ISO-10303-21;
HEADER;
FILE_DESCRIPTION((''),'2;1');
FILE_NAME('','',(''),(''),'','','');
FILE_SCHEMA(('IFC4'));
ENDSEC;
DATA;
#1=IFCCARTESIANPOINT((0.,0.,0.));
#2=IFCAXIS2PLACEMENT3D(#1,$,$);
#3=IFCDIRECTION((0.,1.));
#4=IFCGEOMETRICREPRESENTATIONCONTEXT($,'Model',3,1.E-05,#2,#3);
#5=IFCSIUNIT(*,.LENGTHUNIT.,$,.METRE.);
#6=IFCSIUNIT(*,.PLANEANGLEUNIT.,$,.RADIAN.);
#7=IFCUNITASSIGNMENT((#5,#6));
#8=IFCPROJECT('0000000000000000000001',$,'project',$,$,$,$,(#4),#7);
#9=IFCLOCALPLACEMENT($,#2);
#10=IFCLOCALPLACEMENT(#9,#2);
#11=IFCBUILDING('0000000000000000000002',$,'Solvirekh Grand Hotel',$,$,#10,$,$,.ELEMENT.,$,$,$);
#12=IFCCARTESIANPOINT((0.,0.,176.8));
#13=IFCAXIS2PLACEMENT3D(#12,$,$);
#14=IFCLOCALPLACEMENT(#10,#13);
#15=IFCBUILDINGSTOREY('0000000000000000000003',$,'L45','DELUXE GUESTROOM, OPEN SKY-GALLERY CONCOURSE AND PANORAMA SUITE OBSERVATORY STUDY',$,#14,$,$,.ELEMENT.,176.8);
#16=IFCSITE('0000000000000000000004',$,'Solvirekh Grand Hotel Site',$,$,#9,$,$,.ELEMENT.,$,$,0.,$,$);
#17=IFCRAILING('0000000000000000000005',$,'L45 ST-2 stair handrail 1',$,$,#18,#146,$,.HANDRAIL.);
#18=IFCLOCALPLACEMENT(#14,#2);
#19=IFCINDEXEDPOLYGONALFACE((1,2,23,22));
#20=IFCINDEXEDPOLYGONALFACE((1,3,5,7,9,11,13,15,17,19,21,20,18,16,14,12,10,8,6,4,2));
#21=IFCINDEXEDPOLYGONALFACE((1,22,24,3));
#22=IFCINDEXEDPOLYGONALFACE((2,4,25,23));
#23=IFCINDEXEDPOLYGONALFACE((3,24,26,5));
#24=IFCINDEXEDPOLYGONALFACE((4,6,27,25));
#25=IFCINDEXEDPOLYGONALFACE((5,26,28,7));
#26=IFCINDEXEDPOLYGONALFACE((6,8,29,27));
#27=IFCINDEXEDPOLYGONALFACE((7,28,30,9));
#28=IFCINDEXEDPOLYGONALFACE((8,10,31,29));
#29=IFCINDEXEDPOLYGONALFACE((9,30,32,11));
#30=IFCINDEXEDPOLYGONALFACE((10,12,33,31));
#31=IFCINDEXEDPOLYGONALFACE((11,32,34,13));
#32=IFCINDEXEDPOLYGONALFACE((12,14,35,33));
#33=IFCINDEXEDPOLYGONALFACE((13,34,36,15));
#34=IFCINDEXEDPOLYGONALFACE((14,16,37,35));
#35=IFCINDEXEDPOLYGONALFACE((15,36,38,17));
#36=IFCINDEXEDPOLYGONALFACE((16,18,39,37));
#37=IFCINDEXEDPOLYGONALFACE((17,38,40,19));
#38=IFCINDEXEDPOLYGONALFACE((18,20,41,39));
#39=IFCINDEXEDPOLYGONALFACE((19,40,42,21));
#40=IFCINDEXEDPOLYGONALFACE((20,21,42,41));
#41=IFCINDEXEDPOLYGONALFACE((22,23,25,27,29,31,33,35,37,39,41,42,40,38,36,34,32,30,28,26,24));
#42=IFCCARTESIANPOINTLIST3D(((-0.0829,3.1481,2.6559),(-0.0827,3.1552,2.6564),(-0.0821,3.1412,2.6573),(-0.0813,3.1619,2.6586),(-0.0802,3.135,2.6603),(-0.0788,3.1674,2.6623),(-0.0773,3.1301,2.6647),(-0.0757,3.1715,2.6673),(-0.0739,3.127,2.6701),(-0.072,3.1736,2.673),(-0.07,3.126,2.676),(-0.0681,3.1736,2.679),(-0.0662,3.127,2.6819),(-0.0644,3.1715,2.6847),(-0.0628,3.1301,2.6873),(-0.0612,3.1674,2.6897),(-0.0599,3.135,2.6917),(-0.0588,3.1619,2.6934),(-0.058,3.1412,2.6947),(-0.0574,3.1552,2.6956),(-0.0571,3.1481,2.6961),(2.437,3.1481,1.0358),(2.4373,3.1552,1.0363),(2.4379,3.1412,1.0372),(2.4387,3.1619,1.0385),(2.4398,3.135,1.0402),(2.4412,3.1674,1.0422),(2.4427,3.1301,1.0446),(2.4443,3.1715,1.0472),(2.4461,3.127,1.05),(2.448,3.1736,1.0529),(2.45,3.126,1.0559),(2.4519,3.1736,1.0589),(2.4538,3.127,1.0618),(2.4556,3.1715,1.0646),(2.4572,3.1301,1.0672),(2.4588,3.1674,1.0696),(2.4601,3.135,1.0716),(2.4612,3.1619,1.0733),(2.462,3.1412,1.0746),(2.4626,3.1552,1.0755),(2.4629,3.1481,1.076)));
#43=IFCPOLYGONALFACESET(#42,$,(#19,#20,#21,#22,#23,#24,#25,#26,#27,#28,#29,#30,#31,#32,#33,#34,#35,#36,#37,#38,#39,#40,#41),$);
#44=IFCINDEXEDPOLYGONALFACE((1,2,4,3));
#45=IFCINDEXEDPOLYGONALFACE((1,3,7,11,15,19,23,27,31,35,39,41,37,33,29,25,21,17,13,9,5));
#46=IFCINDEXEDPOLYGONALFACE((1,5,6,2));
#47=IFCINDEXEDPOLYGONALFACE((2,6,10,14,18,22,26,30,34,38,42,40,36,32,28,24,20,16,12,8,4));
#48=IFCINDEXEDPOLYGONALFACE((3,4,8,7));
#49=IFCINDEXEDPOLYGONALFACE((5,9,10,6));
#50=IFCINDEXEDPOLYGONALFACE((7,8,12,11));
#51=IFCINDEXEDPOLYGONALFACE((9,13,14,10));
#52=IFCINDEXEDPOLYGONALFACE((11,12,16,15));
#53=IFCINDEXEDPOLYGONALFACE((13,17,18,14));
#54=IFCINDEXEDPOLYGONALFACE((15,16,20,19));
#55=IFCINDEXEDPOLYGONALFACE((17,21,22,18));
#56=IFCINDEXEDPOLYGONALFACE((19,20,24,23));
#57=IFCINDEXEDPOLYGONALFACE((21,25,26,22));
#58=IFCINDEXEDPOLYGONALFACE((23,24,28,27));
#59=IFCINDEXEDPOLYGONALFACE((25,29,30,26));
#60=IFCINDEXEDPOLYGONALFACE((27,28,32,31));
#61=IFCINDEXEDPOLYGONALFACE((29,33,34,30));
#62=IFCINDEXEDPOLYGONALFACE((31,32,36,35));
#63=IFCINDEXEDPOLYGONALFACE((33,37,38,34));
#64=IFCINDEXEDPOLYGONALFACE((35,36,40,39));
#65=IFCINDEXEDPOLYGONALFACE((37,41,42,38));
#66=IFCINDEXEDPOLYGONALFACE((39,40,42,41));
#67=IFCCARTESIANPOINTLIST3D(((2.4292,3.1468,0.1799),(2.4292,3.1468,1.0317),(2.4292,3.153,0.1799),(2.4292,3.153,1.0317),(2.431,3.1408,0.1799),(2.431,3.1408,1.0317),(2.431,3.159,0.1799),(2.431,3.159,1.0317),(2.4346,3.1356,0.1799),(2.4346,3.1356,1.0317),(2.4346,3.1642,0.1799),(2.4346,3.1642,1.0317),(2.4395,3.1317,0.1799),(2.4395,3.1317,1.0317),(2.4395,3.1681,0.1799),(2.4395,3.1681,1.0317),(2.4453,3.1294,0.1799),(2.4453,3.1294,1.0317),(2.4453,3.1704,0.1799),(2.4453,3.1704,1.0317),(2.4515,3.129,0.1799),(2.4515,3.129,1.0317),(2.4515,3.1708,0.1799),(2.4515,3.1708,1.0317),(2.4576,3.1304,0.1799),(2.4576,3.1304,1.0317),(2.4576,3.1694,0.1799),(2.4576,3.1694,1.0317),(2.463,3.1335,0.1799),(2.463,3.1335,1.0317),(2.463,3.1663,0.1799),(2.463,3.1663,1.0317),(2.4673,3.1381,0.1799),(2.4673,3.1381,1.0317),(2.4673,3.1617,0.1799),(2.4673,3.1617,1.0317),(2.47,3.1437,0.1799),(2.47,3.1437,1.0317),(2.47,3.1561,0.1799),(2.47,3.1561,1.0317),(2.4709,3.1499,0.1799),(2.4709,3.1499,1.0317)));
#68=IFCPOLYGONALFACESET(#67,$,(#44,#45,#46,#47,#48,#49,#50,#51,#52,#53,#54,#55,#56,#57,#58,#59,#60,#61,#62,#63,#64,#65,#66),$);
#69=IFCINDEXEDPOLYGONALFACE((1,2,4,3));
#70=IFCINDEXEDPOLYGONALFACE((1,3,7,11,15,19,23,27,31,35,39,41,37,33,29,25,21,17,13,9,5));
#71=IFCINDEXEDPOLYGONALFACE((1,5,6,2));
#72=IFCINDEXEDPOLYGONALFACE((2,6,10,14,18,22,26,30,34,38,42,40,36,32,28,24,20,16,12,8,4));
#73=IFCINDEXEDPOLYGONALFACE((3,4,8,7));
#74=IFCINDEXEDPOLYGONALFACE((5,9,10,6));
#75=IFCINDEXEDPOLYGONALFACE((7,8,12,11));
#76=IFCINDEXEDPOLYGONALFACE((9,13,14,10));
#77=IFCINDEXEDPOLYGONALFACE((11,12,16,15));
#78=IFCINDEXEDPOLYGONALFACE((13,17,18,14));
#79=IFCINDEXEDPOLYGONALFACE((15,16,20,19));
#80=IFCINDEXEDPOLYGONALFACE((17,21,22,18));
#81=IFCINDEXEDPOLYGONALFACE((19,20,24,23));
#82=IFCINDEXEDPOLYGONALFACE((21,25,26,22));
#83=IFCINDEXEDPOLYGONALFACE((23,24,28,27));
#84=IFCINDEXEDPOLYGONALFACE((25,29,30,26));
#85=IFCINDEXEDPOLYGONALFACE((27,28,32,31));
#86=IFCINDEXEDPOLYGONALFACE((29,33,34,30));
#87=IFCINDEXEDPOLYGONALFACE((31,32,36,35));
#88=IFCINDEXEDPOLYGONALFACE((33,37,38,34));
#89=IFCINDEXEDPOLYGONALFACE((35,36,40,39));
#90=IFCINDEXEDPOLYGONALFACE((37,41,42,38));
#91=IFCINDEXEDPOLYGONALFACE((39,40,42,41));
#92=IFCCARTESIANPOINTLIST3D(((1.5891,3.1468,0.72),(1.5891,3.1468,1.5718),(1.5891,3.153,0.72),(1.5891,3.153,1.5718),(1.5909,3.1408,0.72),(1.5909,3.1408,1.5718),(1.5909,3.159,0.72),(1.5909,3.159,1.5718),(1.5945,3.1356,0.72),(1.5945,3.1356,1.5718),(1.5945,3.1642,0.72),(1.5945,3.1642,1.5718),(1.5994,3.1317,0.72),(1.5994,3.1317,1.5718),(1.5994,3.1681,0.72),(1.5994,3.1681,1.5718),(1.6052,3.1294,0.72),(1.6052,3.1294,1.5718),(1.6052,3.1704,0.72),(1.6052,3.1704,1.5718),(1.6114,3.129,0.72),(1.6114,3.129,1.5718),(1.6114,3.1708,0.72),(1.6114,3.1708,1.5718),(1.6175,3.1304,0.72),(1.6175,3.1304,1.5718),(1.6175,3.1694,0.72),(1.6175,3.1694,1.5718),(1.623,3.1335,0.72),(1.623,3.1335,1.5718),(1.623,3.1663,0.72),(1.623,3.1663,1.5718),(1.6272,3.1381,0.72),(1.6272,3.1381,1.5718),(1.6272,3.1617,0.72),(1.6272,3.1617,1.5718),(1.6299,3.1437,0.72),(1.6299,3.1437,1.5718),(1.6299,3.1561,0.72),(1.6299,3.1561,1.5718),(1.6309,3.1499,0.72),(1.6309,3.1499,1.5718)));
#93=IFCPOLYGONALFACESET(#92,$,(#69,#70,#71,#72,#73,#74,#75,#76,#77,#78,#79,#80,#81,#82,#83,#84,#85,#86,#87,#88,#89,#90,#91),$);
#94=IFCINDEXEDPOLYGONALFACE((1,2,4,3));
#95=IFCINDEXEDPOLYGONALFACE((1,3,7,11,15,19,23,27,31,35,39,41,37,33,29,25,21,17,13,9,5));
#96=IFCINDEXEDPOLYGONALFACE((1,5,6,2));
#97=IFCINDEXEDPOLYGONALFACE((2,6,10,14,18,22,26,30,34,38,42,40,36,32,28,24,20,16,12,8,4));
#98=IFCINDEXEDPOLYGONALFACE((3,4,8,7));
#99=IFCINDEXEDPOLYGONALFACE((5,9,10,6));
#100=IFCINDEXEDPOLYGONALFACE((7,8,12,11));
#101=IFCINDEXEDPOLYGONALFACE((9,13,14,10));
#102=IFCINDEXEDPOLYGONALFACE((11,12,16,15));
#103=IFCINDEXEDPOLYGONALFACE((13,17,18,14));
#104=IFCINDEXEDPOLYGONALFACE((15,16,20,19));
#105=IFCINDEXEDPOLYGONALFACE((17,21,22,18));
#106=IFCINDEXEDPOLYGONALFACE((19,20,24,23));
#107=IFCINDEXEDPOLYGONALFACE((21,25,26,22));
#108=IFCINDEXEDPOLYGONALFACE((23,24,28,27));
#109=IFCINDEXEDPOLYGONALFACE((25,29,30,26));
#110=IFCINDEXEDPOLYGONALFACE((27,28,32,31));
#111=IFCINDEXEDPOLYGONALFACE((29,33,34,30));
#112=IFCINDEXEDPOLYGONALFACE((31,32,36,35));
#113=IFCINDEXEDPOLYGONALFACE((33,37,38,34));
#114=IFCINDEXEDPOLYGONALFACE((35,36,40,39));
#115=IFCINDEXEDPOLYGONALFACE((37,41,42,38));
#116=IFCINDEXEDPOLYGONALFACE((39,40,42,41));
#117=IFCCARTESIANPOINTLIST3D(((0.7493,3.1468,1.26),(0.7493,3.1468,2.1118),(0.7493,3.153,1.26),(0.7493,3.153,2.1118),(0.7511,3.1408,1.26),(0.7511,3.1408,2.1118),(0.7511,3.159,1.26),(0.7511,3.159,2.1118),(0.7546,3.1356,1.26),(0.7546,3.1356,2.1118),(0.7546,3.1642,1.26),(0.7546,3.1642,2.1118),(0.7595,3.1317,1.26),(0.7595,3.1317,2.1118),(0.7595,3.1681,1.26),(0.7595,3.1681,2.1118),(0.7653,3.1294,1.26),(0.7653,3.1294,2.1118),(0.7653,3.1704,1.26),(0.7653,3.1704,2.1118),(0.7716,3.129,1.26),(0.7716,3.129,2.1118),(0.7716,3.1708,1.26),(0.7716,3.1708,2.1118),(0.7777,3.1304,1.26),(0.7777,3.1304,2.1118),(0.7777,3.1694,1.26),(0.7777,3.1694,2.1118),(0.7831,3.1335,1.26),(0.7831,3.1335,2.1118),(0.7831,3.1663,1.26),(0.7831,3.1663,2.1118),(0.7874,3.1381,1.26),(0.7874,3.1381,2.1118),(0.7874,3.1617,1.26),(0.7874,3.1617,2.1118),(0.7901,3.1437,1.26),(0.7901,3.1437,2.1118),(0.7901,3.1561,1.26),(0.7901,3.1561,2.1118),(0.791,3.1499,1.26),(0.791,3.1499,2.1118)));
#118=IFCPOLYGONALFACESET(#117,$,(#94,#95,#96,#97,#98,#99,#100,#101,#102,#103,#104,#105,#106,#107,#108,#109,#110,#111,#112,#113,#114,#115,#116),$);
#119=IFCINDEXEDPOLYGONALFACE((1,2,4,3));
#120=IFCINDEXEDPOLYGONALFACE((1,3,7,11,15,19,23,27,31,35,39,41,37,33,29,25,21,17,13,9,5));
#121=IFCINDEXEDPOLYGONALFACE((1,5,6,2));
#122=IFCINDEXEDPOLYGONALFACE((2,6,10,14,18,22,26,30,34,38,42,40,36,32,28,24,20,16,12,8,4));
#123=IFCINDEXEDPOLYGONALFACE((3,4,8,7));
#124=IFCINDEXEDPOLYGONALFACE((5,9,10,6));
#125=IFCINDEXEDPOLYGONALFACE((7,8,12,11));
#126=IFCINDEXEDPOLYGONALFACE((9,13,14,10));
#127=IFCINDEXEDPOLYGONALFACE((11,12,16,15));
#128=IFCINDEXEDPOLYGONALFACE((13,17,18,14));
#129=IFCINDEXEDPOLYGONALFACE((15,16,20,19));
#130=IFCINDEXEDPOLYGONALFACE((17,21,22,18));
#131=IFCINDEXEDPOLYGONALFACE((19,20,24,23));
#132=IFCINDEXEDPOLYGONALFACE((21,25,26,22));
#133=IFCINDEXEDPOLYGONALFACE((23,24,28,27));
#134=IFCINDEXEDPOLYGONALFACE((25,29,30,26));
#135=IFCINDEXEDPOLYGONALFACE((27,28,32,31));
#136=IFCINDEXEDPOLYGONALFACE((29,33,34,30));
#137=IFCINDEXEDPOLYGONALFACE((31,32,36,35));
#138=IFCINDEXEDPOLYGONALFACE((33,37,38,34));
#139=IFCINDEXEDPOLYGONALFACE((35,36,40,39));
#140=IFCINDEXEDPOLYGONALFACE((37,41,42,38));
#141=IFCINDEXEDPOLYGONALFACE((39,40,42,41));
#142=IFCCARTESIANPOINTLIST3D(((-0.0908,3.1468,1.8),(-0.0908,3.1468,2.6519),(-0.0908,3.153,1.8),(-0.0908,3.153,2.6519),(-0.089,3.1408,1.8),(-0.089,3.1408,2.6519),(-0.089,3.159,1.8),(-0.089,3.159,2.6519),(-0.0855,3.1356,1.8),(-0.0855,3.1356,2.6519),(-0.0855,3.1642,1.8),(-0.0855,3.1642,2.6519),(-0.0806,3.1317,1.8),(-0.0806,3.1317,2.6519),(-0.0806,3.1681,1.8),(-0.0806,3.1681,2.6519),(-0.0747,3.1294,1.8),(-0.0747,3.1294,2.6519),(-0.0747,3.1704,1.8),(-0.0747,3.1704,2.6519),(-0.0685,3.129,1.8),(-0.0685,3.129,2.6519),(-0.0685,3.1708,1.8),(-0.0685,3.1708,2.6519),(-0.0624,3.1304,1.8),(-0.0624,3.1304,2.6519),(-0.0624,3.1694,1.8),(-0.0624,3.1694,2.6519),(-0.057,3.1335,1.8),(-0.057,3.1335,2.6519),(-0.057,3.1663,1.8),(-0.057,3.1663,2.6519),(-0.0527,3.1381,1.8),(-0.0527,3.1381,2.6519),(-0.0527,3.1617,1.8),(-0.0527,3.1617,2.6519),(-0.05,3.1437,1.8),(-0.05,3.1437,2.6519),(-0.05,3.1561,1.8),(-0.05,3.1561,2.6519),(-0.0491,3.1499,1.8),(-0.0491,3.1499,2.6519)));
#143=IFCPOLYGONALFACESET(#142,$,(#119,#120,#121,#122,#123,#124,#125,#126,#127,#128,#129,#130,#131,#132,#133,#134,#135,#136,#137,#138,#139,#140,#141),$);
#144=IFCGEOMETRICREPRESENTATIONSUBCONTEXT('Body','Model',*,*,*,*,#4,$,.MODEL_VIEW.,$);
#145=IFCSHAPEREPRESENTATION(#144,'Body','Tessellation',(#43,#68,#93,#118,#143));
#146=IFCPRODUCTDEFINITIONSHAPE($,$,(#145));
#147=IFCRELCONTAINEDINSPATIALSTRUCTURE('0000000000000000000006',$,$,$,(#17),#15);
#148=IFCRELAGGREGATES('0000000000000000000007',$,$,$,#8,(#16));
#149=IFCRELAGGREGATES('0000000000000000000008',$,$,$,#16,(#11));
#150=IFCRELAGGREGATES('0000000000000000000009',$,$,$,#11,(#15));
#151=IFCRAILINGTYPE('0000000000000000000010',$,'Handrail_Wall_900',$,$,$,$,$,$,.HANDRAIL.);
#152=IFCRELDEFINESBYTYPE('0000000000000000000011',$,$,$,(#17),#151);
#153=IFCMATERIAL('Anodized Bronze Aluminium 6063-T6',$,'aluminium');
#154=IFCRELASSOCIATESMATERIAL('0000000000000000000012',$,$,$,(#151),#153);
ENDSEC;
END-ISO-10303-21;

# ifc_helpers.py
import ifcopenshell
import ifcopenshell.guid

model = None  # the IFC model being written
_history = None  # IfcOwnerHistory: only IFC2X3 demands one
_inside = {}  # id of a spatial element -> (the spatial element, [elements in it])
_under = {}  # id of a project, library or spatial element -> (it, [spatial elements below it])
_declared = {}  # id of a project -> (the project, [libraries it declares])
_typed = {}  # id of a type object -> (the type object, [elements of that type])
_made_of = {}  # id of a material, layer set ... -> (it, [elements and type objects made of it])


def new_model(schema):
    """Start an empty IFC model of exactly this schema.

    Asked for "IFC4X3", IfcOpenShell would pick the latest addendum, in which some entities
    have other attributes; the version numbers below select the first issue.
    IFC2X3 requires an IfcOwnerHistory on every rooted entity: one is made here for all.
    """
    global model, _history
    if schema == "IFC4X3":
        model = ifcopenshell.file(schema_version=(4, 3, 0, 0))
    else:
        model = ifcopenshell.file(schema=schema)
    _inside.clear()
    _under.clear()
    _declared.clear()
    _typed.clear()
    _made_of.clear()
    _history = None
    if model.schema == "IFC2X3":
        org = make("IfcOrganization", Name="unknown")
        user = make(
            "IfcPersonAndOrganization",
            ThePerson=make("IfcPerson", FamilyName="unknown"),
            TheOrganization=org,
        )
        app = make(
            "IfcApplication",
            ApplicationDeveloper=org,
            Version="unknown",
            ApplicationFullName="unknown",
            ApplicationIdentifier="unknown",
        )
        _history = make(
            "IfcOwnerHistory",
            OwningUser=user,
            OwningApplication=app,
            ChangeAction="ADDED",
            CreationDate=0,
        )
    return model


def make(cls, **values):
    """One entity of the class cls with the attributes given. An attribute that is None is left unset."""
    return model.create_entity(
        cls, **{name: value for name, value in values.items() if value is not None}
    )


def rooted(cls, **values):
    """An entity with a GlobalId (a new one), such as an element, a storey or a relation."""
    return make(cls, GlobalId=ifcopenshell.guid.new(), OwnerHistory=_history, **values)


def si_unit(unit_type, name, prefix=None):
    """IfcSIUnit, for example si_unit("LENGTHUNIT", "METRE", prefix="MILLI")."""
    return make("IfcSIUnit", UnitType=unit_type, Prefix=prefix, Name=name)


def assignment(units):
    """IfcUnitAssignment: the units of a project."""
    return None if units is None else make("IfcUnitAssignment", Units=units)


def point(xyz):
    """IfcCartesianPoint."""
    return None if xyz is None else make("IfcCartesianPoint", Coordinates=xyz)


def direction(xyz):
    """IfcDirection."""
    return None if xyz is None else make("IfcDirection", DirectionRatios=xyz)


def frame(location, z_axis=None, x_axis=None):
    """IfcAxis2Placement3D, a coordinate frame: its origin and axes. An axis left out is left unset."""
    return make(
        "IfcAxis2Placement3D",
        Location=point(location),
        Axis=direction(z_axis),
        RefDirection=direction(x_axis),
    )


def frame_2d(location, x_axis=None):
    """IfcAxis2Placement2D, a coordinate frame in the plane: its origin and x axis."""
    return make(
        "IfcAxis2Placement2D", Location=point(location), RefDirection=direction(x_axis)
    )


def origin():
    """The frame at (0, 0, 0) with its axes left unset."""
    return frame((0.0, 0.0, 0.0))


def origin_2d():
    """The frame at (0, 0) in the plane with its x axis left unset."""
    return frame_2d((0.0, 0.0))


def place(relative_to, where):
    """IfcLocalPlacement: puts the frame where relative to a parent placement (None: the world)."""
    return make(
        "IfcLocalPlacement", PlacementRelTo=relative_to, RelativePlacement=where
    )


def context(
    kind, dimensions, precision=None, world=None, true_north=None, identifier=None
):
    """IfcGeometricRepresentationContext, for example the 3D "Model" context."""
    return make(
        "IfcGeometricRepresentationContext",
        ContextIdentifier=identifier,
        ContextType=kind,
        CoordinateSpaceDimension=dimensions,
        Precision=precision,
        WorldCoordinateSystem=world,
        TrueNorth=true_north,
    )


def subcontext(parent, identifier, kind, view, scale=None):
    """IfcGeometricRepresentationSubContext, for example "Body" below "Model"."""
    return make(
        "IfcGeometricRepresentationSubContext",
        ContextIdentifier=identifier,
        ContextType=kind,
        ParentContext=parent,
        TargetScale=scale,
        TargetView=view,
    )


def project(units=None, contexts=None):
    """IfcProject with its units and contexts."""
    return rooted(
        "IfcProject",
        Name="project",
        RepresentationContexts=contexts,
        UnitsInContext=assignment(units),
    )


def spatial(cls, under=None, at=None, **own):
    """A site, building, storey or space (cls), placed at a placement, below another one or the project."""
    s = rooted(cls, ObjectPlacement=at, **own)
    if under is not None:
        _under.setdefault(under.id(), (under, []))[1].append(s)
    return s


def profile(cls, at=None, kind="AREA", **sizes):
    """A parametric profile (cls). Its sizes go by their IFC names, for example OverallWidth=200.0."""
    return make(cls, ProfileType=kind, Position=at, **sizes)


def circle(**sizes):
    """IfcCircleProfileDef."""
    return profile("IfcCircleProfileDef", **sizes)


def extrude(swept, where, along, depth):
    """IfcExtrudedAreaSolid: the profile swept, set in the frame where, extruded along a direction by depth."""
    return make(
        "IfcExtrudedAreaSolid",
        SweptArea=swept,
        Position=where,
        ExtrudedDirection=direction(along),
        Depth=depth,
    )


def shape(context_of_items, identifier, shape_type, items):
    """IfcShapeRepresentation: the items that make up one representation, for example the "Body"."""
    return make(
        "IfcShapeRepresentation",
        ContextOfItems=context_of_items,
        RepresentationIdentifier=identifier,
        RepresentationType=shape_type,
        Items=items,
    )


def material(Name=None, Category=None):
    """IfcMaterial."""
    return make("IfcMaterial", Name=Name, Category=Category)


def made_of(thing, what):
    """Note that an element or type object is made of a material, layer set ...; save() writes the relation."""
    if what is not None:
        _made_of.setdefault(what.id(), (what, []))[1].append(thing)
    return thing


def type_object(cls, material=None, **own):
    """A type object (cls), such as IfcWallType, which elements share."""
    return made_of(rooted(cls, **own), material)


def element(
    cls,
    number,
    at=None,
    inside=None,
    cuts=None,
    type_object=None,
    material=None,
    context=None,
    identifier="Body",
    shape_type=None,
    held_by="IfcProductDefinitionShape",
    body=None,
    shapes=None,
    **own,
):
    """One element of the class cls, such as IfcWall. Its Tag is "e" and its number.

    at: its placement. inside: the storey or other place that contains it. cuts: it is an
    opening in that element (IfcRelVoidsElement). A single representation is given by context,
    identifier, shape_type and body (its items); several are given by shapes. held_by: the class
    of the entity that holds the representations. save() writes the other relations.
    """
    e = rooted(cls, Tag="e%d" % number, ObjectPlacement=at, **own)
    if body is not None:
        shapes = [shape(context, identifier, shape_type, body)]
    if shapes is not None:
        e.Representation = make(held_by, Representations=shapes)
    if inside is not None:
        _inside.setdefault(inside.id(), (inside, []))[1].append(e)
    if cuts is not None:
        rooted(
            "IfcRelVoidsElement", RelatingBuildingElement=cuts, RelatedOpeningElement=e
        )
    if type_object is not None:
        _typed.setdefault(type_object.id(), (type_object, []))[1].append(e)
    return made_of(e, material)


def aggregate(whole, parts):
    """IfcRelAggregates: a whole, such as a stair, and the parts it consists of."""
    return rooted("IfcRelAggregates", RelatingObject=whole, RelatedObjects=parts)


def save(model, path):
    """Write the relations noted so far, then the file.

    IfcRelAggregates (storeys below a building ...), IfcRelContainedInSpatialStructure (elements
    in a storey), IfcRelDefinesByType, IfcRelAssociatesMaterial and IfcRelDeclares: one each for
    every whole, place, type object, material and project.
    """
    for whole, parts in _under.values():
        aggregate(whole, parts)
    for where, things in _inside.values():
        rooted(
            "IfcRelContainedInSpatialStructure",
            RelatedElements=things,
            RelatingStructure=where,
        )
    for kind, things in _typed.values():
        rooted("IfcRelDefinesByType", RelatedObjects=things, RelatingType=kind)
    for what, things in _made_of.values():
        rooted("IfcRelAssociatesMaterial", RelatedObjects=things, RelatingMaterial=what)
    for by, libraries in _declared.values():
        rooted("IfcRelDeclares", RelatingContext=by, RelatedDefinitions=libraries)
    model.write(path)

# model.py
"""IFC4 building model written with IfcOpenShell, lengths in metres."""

from ifc_helpers import new_model, si_unit, direction, frame, origin, origin_2d, place, context, subcontext, project, spatial, circle, extrude, material, type_object, element, save


model = new_model("IFC4")

# Units and contexts
model_context = context("Model", 3, precision=1e-05, world=origin(), true_north=direction((0.0, 1.0)))
body_context = subcontext(model_context, "Body", "Model", "MODEL_VIEW")
ifc_project = project(units=[si_unit("LENGTHUNIT", "METRE"), si_unit("PLANEANGLEUNIT", "RADIAN")], contexts=[model_context])

# Site, building, storey
site_placement = place(None, origin())
site = spatial("IfcSite", under=ifc_project, at=site_placement, Name="Solvirekh Grand Hotel Site", CompositionType="ELEMENT", RefElevation=0.0)
building_placement = place(site_placement, origin())
building = spatial("IfcBuilding", under=site, at=building_placement, Name="Solvirekh Grand Hotel", CompositionType="ELEMENT")
storey_placement = place(building_placement, frame((0.0, 0.0, 176.8)))
storey = spatial("IfcBuildingStorey", under=building, at=storey_placement, Name="L45", Description="DELUXE GUESTROOM, OPEN SKY-GALLERY CONCOURSE AND PANORAMA SUITE OBSERVATORY STUDY", CompositionType="ELEMENT", Elevation=176.8)

# Shared definitions
ifc_material_1 = material(Name="Anodized Bronze Aluminium 6063-T6", Category="aluminium")

# Railing
railing_type_1 = type_object("IfcRailingType", Name="Handrail_Wall_900", PredefinedType="HANDRAIL", material=ifc_material_1)
railing_1_placement = place(storey_placement, frame((2.45, 3.1499, 0.1799)))
element("IfcRailing", 1, at=railing_1_placement, inside=storey, type_object=railing_type_1, Name="L45 ST-2 stair handrail 1", PredefinedType="HANDRAIL", context=body_context, shape_type="SweptSolid", body=[
    extrude(circle(Radius=0.0239, at=origin_2d()), frame((0.0, 0.0, 0.876), z_axis=(-0.841163, 0.0, 0.540782), x_axis=(0.0, -1.0, 0.0)), (0.0, 0.0, 1.0), 2.9958),
    extrude(circle(Radius=0.021, at=origin_2d()), origin(), (0.0, 0.0, 1.0), 0.8518),
    extrude(circle(Radius=0.021, at=origin_2d()), frame((-0.8401, 0.0, 0.54)), (0.0, 0.0, 1.0), 0.8518),
    extrude(circle(Radius=0.021, at=origin_2d()), frame((-1.6799, 0.0, 1.0801)), (0.0, 0.0, 1.0), 0.8518),
    extrude(circle(Radius=0.021, at=origin_2d()), frame((-2.52, 0.0, 1.6201)), (0.0, 0.0, 1.0), 0.8518),
])

save(model, "model.ifc")
